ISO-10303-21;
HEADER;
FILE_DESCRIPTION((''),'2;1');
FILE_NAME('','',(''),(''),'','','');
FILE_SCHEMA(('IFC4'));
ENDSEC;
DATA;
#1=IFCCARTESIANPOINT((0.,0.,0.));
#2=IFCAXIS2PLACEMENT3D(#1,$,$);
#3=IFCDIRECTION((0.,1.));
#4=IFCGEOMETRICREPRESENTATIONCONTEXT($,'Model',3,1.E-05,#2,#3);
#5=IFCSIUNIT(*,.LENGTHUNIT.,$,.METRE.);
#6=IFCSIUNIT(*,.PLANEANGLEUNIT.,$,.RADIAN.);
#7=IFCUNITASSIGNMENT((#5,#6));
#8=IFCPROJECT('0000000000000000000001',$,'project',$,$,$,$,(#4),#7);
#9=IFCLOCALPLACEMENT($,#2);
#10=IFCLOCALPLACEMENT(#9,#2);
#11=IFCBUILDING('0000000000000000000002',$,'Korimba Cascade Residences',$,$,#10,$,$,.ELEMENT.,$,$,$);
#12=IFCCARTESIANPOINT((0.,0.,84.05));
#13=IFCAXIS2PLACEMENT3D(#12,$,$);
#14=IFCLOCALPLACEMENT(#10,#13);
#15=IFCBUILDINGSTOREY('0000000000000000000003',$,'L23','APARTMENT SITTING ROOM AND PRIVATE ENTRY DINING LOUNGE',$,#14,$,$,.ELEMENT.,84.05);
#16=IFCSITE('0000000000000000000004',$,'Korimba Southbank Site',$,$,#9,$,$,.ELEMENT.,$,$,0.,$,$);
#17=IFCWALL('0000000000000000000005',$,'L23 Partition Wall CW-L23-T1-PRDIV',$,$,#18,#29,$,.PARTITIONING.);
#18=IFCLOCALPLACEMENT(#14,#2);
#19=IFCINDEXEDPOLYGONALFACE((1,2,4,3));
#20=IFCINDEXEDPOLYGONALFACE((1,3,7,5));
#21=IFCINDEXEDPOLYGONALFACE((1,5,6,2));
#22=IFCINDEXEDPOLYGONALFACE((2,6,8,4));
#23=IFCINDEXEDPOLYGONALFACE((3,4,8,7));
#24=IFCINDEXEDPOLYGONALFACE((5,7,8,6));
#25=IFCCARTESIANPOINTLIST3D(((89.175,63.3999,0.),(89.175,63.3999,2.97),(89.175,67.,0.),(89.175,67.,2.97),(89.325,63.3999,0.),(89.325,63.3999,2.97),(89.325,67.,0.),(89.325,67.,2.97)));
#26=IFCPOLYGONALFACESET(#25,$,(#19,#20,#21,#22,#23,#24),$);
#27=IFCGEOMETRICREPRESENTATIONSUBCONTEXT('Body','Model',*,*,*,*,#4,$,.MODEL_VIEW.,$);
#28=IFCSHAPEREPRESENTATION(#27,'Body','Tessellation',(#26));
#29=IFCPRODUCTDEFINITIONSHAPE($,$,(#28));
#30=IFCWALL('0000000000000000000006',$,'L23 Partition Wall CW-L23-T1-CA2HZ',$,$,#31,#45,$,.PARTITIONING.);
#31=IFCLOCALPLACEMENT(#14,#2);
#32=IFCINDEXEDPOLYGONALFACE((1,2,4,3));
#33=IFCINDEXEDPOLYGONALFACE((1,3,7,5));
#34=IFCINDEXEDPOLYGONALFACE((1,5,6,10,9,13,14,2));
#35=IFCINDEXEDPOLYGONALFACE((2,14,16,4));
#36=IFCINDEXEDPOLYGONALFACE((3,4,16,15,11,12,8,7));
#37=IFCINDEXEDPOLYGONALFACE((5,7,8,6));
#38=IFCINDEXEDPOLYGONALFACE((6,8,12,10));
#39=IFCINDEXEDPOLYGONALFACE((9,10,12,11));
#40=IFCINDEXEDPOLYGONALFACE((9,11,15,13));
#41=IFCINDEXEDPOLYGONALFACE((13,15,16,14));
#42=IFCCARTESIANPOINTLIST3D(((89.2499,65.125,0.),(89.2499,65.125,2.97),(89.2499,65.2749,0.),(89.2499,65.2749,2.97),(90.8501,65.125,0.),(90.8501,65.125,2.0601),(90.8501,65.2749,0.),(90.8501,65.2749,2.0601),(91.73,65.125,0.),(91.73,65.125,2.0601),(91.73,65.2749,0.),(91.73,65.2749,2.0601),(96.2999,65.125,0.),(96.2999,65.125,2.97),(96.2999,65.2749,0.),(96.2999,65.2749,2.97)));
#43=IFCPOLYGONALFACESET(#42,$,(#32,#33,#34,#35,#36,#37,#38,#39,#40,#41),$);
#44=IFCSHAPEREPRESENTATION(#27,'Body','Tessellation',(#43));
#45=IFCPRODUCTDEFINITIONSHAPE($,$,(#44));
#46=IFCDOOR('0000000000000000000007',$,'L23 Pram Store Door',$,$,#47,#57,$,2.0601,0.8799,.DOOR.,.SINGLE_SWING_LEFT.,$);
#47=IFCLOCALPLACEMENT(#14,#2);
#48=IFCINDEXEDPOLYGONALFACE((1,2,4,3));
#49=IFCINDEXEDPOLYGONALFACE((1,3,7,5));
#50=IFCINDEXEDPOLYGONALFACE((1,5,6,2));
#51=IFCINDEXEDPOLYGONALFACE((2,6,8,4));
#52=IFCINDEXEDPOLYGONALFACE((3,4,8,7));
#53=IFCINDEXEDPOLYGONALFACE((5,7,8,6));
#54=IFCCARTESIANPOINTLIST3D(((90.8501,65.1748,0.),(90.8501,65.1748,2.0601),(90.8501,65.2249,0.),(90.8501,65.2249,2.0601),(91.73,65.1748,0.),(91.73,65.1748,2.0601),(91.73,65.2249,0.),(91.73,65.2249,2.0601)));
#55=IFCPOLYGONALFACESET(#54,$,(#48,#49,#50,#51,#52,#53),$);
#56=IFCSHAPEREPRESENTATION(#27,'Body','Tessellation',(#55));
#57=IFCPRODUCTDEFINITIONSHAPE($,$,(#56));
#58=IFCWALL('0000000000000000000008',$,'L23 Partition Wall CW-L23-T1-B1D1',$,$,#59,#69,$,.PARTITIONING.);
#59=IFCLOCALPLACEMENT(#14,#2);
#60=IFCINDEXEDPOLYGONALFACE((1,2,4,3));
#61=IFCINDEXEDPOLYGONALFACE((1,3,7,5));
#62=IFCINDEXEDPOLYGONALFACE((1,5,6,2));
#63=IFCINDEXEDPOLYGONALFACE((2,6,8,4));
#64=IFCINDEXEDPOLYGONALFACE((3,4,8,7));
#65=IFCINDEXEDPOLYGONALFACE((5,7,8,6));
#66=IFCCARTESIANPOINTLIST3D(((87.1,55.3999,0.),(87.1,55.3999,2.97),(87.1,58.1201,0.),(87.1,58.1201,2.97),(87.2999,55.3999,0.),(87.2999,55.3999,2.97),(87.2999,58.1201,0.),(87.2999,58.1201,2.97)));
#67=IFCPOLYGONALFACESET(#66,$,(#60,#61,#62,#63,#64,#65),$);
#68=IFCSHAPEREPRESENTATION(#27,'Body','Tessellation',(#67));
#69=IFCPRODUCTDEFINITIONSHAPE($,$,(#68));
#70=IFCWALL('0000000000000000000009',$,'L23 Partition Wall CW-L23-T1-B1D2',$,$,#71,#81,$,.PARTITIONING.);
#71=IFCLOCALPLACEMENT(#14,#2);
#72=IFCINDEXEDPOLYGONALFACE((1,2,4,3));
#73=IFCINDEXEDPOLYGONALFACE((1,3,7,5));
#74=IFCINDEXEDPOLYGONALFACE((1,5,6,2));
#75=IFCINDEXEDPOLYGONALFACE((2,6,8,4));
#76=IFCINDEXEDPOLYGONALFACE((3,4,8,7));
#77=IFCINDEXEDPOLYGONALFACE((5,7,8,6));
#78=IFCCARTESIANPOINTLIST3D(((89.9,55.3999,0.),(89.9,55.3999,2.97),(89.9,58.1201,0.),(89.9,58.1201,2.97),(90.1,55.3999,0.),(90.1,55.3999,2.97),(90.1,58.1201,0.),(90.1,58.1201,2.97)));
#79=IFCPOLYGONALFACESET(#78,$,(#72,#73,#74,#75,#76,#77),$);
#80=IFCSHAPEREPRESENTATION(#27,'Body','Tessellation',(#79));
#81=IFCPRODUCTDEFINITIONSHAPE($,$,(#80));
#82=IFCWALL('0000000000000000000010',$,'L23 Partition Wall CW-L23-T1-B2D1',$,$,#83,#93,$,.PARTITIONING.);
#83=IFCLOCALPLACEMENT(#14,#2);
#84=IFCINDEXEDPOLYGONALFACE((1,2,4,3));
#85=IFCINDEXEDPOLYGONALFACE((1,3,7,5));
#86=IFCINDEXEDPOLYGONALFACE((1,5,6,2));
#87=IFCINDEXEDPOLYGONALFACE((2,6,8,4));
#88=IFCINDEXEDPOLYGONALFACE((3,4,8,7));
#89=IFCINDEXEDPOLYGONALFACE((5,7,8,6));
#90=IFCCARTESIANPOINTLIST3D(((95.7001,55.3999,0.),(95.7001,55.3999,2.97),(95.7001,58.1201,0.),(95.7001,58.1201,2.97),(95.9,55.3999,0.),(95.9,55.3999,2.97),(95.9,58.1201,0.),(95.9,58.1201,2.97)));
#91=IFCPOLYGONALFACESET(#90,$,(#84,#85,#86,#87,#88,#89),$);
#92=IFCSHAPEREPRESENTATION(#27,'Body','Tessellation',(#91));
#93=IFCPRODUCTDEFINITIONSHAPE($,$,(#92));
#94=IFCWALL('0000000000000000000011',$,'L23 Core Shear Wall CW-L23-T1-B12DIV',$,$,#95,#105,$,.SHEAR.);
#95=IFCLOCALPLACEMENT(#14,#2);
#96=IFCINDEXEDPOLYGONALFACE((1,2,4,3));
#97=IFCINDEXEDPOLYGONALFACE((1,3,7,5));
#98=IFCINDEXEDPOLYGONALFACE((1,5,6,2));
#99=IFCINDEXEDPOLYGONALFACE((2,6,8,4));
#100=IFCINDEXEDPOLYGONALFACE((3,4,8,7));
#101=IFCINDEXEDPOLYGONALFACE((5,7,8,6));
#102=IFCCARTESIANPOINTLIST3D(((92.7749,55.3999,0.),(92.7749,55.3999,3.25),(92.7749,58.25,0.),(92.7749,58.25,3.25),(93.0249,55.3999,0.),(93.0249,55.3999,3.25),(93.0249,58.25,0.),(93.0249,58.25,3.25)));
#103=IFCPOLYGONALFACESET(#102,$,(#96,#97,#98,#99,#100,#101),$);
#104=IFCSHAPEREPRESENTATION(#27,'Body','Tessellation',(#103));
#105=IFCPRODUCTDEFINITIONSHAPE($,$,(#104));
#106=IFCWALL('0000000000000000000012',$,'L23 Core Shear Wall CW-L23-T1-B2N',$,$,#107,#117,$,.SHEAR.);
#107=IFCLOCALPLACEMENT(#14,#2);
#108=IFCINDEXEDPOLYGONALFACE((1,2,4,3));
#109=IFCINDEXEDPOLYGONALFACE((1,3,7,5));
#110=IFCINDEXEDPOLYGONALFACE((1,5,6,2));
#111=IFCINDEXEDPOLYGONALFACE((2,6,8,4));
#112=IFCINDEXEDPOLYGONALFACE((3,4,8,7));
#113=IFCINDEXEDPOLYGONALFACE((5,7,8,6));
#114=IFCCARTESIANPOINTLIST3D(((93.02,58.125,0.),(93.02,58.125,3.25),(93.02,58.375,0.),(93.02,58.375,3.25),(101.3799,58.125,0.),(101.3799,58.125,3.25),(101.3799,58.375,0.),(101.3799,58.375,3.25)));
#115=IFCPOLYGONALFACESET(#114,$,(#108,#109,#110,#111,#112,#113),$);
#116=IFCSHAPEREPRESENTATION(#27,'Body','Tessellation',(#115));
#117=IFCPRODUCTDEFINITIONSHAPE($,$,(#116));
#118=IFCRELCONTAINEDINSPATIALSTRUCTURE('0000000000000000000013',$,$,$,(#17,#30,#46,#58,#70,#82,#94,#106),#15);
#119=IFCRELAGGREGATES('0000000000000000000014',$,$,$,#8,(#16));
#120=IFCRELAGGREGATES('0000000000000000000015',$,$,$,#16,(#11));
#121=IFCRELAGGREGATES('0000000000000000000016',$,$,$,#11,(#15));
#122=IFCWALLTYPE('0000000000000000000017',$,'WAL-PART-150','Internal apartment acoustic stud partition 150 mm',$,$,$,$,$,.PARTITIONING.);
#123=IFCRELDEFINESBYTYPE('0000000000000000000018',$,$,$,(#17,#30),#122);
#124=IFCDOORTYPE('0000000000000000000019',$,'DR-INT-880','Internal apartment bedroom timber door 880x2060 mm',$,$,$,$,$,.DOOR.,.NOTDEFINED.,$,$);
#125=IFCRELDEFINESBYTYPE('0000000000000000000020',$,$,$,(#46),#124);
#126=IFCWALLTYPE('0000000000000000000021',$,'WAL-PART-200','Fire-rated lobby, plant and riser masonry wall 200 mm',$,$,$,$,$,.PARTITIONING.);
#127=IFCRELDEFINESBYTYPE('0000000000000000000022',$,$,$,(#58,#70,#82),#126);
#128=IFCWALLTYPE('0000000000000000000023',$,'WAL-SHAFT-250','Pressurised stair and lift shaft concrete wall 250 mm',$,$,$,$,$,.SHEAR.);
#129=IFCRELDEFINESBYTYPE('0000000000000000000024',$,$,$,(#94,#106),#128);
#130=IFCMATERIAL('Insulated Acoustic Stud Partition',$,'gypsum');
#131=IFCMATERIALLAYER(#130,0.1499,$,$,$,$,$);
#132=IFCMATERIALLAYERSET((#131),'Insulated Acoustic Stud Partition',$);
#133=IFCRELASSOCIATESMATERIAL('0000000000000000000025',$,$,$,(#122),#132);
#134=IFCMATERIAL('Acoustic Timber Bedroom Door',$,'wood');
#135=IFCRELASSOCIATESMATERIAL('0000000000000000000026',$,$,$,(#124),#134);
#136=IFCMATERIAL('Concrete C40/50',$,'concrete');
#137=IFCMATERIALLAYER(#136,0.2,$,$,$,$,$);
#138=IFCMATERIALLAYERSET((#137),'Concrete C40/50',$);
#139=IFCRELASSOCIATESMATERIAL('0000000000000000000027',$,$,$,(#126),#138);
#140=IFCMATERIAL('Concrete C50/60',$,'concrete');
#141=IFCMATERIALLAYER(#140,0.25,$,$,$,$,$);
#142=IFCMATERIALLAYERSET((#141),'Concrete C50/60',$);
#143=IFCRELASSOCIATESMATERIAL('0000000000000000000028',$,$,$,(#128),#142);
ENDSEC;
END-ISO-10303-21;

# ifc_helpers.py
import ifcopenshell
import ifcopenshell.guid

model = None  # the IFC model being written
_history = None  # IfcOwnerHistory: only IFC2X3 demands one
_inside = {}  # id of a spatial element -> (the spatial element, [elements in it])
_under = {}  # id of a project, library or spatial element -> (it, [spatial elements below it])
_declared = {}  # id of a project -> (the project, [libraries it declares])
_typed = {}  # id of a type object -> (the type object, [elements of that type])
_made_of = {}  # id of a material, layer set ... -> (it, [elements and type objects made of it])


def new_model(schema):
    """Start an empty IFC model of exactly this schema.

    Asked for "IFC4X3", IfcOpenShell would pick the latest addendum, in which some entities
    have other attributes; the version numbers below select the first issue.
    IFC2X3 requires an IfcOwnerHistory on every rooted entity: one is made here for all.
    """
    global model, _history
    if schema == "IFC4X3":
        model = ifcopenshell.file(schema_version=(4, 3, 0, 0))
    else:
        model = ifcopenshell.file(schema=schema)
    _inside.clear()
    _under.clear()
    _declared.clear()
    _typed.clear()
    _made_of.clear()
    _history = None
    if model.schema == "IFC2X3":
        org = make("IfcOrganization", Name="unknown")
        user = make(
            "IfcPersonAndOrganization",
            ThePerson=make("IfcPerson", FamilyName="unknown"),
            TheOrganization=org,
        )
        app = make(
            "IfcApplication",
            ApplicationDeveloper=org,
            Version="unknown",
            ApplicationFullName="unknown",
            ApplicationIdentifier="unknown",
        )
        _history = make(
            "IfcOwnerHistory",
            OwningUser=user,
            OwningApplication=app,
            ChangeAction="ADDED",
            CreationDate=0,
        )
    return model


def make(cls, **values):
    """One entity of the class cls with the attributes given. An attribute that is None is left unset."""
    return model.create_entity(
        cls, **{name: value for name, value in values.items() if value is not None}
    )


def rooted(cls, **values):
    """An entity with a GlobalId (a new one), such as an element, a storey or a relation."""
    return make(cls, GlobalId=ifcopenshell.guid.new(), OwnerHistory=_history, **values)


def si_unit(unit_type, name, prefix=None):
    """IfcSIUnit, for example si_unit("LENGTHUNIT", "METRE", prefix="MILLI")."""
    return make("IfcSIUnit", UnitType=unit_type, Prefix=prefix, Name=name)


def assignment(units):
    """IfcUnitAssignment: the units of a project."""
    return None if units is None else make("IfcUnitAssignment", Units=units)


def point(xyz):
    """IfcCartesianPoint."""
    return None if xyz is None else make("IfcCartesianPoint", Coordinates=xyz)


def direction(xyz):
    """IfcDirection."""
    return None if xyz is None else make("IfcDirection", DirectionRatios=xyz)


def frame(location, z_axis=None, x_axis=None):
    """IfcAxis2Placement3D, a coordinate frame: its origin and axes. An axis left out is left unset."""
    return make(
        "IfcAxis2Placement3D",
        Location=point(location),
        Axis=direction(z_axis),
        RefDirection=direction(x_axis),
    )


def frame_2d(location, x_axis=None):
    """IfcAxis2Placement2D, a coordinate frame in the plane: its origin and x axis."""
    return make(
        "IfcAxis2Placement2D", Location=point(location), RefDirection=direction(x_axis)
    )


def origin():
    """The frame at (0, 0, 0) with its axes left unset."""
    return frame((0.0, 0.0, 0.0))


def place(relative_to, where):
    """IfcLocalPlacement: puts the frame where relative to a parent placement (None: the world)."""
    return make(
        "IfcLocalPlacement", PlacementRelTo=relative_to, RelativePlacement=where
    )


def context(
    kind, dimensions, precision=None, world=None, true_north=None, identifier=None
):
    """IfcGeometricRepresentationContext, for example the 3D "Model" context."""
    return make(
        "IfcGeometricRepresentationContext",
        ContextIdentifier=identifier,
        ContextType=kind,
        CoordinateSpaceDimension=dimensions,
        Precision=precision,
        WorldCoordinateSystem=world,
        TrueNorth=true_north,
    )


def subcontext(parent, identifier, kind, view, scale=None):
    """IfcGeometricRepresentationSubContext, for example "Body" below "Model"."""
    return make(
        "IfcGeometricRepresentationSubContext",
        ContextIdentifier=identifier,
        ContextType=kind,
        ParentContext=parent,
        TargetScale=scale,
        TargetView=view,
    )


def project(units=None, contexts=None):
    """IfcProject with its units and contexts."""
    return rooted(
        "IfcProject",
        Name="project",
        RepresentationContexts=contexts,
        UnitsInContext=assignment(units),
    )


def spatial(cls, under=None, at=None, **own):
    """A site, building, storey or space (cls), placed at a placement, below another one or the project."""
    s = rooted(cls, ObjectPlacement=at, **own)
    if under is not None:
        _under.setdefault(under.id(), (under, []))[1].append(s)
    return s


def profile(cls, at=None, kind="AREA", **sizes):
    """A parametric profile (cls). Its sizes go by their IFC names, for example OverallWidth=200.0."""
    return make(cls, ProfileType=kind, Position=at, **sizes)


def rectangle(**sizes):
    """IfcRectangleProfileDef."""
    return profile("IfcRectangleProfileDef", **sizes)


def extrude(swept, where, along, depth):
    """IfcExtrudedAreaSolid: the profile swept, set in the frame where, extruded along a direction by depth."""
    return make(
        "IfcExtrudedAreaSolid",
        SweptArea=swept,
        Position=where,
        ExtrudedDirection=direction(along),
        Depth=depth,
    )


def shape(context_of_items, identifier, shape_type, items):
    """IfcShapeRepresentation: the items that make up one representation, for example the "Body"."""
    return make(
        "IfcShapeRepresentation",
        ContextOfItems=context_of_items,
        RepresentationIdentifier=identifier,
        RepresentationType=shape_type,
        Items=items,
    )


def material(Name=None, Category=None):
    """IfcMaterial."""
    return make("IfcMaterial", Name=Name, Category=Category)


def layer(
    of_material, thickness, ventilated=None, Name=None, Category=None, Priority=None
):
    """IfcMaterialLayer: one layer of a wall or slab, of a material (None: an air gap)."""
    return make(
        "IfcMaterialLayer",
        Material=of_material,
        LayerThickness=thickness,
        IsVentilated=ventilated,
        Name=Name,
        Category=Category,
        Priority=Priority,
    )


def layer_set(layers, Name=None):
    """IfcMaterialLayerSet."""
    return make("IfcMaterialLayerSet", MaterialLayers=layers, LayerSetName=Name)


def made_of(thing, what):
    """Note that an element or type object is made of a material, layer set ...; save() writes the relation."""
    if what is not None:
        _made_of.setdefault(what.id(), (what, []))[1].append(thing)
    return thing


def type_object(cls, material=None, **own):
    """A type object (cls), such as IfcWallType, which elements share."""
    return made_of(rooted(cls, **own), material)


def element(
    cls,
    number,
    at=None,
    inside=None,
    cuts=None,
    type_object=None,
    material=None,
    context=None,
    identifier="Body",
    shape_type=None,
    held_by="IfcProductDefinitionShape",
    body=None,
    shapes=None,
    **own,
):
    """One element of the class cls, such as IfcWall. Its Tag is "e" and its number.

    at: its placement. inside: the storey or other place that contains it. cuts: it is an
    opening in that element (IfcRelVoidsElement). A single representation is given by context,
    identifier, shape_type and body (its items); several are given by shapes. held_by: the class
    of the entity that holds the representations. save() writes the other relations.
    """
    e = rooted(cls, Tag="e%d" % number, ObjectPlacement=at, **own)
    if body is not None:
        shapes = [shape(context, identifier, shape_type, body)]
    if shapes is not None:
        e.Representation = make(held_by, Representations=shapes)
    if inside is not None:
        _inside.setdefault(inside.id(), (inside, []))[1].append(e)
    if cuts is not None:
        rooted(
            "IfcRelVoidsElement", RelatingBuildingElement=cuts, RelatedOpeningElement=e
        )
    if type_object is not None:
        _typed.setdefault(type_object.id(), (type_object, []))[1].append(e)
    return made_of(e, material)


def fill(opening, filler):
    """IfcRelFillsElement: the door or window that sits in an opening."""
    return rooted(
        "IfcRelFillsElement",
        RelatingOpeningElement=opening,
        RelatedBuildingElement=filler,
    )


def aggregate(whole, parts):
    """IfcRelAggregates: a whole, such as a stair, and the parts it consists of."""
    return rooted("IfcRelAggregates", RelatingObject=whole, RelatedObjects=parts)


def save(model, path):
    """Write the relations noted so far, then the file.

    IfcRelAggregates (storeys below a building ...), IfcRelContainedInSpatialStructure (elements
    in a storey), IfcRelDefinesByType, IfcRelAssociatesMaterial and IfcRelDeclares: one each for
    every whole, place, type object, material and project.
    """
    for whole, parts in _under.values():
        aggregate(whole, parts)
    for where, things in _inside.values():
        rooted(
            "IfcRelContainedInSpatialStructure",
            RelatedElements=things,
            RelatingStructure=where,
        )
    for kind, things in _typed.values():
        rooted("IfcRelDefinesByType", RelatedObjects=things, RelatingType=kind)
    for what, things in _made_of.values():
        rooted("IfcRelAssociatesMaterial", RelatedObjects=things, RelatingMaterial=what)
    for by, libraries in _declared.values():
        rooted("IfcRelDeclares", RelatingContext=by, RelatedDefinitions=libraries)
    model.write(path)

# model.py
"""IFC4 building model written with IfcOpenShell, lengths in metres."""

from ifc_helpers import new_model, si_unit, direction, frame, frame_2d, origin, place, context, subcontext, project, spatial, rectangle, extrude, material, layer, layer_set, type_object, element, fill, save


model = new_model("IFC4")

# Units and contexts
model_context = context("Model", 3, precision=1e-05, world=origin(), true_north=direction((0.0, 1.0)))
body_context = subcontext(model_context, "Body", "Model", "MODEL_VIEW")
ifc_project = project(units=[si_unit("LENGTHUNIT", "METRE"), si_unit("PLANEANGLEUNIT", "RADIAN")], contexts=[model_context])

# Site, building, storey
site_placement = place(None, origin())
site = spatial("IfcSite", under=ifc_project, at=site_placement, Name="Korimba Southbank Site", CompositionType="ELEMENT", RefElevation=0.0)
building_placement = place(site_placement, origin())
building = spatial("IfcBuilding", under=site, at=building_placement, Name="Korimba Cascade Residences", CompositionType="ELEMENT")
storey_placement = place(building_placement, frame((0.0, 0.0, 84.05)))
storey = spatial("IfcBuildingStorey", under=building, at=storey_placement, Name="L23", Description="APARTMENT SITTING ROOM AND PRIVATE ENTRY DINING LOUNGE", CompositionType="ELEMENT", Elevation=84.05)

# Wall
ifc_material_1 = material(Name="Insulated Acoustic Stud Partition", Category="gypsum")
ifc_layer_1 = layer(ifc_material_1, 0.1499)
ifc_layer_set_1 = layer_set([ifc_layer_1], Name="Insulated Acoustic Stud Partition")
wall_type_1 = type_object("IfcWallType", Name="WAL-PART-150", Description="Internal apartment acoustic stud partition 150 mm", PredefinedType="PARTITIONING", material=ifc_layer_set_1)
for number, where, z_axis, x_axis, name in (
    (1, (89.25, 63.3999, 0.0), (0.0, 0.0, 1.0), (0.0, 1.0, 0.0), "L23 Partition Wall CW-L23-T1-PRDIV"),
):
    element("IfcWall", number, at=place(storey_placement, frame(where, z_axis=z_axis, x_axis=x_axis)), inside=storey, type_object=wall_type_1, Name=name, PredefinedType="PARTITIONING", context=body_context, shape_type="SweptSolid", body=[
        extrude(rectangle(XDim=3.6001, YDim=0.1499, at=frame_2d((1.8, 0.0))), origin(), (0.0, 0.0, 1.0), 2.97),
    ])

# Wall, opening, door
wall_1_placement = place(storey_placement, frame((89.25, 65.2, 0.0), z_axis=(0.0, 0.0, 1.0), x_axis=(1.0, 0.0, 0.0)))
wall_1 = element("IfcWall", 2, at=wall_1_placement, inside=storey, type_object=wall_type_1, Name="L23 Partition Wall CW-L23-T1-CA2HZ", PredefinedType="PARTITIONING", context=body_context, shape_type="SweptSolid", body=[
    extrude(rectangle(XDim=7.05, YDim=0.1499, at=frame_2d((3.5249, 0.0))), origin(), (0.0, 0.0, 1.0), 2.97),
])
opening_placement = place(wall_1_placement, frame((1.6001, 0.0, 0.0)))
opening = element("IfcOpeningElement", 3, at=opening_placement, cuts=wall_1, PredefinedType="OPENING", context=body_context, shape_type="SweptSolid", body=[
    extrude(rectangle(XDim=0.8799, YDim=2.0601, at=frame_2d((0.4399, 1.03))), frame((0.0, 0.085, 0.0), z_axis=(0.0, -1.0, 0.0), x_axis=(1.0, 0.0, 0.0)), (0.0, 0.0, 1.0), 0.1699),
])
ifc_material_2 = material(Name="Acoustic Timber Bedroom Door", Category="wood")
door_type = type_object("IfcDoorType", Name="DR-INT-880", Description="Internal apartment bedroom timber door 880x2060 mm", OperationType="NOTDEFINED", PredefinedType="DOOR", material=ifc_material_2)
door_placement = place(opening_placement, origin())
door = element("IfcDoor", 4, at=door_placement, inside=storey, type_object=door_type, Name="L23 Pram Store Door", OperationType="SINGLE_SWING_LEFT", OverallHeight=2.0601, OverallWidth=0.8799, PredefinedType="DOOR", context=body_context, shape_type="SweptSolid", body=[
    extrude(rectangle(XDim=0.8799, YDim=2.0601, at=frame_2d((0.4399, 1.03))), frame((0.0, 0.0249, 0.0), z_axis=(0.0, -1.0, 0.0), x_axis=(1.0, 0.0, 0.0)), (0.0, 0.0, 1.0), 0.05),
])
fill(opening, door)

# Walls
ifc_material_3 = material(Name="Concrete C40/50", Category="concrete")
ifc_layer_2 = layer(ifc_material_3, 0.2)
ifc_layer_set_2 = layer_set([ifc_layer_2], Name="Concrete C40/50")
wall_type_2 = type_object("IfcWallType", Name="WAL-PART-200", Description="Fire-rated lobby, plant and riser masonry wall 200 mm", PredefinedType="PARTITIONING", material=ifc_layer_set_2)
for number, where, z_axis, x_axis, name in (
    (5, (87.2, 55.3999, 0.0), (0.0, 0.0, 1.0), (0.0, 1.0, 0.0), "L23 Partition Wall CW-L23-T1-B1D1"),
    (6, (90.0, 55.3999, 0.0), (0.0, 0.0, 1.0), (0.0, 1.0, 0.0), "L23 Partition Wall CW-L23-T1-B1D2"),
    (7, (95.8, 55.3999, 0.0), (0.0, 0.0, 1.0), (0.0, 1.0, 0.0), "L23 Partition Wall CW-L23-T1-B2D1"),
):
    element("IfcWall", number, at=place(storey_placement, frame(where, z_axis=z_axis, x_axis=x_axis)), inside=storey, type_object=wall_type_2, Name=name, PredefinedType="PARTITIONING", context=body_context, shape_type="SweptSolid", body=[
        extrude(rectangle(XDim=2.7202, YDim=0.2, at=frame_2d((1.3601, 0.0))), origin(), (0.0, 0.0, 1.0), 2.97),
    ])
ifc_material_4 = material(Name="Concrete C50/60", Category="concrete")
ifc_layer_3 = layer(ifc_material_4, 0.25)
ifc_layer_set_3 = layer_set([ifc_layer_3], Name="Concrete C50/60")
wall_type_3 = type_object("IfcWallType", Name="WAL-SHAFT-250", Description="Pressurised stair and lift shaft concrete wall 250 mm", PredefinedType="SHEAR", material=ifc_layer_set_3)
wall_2_placement = place(storey_placement, frame((92.8999, 55.3999, 0.0), z_axis=(0.0, 0.0, 1.0), x_axis=(0.0, 1.0, 0.0)))
element("IfcWall", 8, at=wall_2_placement, inside=storey, type_object=wall_type_3, Name="L23 Core Shear Wall CW-L23-T1-B12DIV", PredefinedType="SHEAR", context=body_context, shape_type="SweptSolid", body=[
    extrude(rectangle(XDim=2.8501, YDim=0.25, at=frame_2d((1.425, 0.0))), origin(), (0.0, 0.0, 1.0), 3.25),
])
wall_3_placement = place(storey_placement, frame((93.02, 58.25, 0.0), z_axis=(0.0, 0.0, 1.0), x_axis=(1.0, 0.0, 0.0)))
element("IfcWall", 9, at=wall_3_placement, inside=storey, type_object=wall_type_3, Name="L23 Core Shear Wall CW-L23-T1-B2N", PredefinedType="SHEAR", context=body_context, shape_type="SweptSolid", body=[
    extrude(rectangle(XDim=8.3599, YDim=0.25, at=frame_2d((4.1799, 0.0))), origin(), (0.0, 0.0, 1.0), 3.25),
])

save(model, "model.ifc")
